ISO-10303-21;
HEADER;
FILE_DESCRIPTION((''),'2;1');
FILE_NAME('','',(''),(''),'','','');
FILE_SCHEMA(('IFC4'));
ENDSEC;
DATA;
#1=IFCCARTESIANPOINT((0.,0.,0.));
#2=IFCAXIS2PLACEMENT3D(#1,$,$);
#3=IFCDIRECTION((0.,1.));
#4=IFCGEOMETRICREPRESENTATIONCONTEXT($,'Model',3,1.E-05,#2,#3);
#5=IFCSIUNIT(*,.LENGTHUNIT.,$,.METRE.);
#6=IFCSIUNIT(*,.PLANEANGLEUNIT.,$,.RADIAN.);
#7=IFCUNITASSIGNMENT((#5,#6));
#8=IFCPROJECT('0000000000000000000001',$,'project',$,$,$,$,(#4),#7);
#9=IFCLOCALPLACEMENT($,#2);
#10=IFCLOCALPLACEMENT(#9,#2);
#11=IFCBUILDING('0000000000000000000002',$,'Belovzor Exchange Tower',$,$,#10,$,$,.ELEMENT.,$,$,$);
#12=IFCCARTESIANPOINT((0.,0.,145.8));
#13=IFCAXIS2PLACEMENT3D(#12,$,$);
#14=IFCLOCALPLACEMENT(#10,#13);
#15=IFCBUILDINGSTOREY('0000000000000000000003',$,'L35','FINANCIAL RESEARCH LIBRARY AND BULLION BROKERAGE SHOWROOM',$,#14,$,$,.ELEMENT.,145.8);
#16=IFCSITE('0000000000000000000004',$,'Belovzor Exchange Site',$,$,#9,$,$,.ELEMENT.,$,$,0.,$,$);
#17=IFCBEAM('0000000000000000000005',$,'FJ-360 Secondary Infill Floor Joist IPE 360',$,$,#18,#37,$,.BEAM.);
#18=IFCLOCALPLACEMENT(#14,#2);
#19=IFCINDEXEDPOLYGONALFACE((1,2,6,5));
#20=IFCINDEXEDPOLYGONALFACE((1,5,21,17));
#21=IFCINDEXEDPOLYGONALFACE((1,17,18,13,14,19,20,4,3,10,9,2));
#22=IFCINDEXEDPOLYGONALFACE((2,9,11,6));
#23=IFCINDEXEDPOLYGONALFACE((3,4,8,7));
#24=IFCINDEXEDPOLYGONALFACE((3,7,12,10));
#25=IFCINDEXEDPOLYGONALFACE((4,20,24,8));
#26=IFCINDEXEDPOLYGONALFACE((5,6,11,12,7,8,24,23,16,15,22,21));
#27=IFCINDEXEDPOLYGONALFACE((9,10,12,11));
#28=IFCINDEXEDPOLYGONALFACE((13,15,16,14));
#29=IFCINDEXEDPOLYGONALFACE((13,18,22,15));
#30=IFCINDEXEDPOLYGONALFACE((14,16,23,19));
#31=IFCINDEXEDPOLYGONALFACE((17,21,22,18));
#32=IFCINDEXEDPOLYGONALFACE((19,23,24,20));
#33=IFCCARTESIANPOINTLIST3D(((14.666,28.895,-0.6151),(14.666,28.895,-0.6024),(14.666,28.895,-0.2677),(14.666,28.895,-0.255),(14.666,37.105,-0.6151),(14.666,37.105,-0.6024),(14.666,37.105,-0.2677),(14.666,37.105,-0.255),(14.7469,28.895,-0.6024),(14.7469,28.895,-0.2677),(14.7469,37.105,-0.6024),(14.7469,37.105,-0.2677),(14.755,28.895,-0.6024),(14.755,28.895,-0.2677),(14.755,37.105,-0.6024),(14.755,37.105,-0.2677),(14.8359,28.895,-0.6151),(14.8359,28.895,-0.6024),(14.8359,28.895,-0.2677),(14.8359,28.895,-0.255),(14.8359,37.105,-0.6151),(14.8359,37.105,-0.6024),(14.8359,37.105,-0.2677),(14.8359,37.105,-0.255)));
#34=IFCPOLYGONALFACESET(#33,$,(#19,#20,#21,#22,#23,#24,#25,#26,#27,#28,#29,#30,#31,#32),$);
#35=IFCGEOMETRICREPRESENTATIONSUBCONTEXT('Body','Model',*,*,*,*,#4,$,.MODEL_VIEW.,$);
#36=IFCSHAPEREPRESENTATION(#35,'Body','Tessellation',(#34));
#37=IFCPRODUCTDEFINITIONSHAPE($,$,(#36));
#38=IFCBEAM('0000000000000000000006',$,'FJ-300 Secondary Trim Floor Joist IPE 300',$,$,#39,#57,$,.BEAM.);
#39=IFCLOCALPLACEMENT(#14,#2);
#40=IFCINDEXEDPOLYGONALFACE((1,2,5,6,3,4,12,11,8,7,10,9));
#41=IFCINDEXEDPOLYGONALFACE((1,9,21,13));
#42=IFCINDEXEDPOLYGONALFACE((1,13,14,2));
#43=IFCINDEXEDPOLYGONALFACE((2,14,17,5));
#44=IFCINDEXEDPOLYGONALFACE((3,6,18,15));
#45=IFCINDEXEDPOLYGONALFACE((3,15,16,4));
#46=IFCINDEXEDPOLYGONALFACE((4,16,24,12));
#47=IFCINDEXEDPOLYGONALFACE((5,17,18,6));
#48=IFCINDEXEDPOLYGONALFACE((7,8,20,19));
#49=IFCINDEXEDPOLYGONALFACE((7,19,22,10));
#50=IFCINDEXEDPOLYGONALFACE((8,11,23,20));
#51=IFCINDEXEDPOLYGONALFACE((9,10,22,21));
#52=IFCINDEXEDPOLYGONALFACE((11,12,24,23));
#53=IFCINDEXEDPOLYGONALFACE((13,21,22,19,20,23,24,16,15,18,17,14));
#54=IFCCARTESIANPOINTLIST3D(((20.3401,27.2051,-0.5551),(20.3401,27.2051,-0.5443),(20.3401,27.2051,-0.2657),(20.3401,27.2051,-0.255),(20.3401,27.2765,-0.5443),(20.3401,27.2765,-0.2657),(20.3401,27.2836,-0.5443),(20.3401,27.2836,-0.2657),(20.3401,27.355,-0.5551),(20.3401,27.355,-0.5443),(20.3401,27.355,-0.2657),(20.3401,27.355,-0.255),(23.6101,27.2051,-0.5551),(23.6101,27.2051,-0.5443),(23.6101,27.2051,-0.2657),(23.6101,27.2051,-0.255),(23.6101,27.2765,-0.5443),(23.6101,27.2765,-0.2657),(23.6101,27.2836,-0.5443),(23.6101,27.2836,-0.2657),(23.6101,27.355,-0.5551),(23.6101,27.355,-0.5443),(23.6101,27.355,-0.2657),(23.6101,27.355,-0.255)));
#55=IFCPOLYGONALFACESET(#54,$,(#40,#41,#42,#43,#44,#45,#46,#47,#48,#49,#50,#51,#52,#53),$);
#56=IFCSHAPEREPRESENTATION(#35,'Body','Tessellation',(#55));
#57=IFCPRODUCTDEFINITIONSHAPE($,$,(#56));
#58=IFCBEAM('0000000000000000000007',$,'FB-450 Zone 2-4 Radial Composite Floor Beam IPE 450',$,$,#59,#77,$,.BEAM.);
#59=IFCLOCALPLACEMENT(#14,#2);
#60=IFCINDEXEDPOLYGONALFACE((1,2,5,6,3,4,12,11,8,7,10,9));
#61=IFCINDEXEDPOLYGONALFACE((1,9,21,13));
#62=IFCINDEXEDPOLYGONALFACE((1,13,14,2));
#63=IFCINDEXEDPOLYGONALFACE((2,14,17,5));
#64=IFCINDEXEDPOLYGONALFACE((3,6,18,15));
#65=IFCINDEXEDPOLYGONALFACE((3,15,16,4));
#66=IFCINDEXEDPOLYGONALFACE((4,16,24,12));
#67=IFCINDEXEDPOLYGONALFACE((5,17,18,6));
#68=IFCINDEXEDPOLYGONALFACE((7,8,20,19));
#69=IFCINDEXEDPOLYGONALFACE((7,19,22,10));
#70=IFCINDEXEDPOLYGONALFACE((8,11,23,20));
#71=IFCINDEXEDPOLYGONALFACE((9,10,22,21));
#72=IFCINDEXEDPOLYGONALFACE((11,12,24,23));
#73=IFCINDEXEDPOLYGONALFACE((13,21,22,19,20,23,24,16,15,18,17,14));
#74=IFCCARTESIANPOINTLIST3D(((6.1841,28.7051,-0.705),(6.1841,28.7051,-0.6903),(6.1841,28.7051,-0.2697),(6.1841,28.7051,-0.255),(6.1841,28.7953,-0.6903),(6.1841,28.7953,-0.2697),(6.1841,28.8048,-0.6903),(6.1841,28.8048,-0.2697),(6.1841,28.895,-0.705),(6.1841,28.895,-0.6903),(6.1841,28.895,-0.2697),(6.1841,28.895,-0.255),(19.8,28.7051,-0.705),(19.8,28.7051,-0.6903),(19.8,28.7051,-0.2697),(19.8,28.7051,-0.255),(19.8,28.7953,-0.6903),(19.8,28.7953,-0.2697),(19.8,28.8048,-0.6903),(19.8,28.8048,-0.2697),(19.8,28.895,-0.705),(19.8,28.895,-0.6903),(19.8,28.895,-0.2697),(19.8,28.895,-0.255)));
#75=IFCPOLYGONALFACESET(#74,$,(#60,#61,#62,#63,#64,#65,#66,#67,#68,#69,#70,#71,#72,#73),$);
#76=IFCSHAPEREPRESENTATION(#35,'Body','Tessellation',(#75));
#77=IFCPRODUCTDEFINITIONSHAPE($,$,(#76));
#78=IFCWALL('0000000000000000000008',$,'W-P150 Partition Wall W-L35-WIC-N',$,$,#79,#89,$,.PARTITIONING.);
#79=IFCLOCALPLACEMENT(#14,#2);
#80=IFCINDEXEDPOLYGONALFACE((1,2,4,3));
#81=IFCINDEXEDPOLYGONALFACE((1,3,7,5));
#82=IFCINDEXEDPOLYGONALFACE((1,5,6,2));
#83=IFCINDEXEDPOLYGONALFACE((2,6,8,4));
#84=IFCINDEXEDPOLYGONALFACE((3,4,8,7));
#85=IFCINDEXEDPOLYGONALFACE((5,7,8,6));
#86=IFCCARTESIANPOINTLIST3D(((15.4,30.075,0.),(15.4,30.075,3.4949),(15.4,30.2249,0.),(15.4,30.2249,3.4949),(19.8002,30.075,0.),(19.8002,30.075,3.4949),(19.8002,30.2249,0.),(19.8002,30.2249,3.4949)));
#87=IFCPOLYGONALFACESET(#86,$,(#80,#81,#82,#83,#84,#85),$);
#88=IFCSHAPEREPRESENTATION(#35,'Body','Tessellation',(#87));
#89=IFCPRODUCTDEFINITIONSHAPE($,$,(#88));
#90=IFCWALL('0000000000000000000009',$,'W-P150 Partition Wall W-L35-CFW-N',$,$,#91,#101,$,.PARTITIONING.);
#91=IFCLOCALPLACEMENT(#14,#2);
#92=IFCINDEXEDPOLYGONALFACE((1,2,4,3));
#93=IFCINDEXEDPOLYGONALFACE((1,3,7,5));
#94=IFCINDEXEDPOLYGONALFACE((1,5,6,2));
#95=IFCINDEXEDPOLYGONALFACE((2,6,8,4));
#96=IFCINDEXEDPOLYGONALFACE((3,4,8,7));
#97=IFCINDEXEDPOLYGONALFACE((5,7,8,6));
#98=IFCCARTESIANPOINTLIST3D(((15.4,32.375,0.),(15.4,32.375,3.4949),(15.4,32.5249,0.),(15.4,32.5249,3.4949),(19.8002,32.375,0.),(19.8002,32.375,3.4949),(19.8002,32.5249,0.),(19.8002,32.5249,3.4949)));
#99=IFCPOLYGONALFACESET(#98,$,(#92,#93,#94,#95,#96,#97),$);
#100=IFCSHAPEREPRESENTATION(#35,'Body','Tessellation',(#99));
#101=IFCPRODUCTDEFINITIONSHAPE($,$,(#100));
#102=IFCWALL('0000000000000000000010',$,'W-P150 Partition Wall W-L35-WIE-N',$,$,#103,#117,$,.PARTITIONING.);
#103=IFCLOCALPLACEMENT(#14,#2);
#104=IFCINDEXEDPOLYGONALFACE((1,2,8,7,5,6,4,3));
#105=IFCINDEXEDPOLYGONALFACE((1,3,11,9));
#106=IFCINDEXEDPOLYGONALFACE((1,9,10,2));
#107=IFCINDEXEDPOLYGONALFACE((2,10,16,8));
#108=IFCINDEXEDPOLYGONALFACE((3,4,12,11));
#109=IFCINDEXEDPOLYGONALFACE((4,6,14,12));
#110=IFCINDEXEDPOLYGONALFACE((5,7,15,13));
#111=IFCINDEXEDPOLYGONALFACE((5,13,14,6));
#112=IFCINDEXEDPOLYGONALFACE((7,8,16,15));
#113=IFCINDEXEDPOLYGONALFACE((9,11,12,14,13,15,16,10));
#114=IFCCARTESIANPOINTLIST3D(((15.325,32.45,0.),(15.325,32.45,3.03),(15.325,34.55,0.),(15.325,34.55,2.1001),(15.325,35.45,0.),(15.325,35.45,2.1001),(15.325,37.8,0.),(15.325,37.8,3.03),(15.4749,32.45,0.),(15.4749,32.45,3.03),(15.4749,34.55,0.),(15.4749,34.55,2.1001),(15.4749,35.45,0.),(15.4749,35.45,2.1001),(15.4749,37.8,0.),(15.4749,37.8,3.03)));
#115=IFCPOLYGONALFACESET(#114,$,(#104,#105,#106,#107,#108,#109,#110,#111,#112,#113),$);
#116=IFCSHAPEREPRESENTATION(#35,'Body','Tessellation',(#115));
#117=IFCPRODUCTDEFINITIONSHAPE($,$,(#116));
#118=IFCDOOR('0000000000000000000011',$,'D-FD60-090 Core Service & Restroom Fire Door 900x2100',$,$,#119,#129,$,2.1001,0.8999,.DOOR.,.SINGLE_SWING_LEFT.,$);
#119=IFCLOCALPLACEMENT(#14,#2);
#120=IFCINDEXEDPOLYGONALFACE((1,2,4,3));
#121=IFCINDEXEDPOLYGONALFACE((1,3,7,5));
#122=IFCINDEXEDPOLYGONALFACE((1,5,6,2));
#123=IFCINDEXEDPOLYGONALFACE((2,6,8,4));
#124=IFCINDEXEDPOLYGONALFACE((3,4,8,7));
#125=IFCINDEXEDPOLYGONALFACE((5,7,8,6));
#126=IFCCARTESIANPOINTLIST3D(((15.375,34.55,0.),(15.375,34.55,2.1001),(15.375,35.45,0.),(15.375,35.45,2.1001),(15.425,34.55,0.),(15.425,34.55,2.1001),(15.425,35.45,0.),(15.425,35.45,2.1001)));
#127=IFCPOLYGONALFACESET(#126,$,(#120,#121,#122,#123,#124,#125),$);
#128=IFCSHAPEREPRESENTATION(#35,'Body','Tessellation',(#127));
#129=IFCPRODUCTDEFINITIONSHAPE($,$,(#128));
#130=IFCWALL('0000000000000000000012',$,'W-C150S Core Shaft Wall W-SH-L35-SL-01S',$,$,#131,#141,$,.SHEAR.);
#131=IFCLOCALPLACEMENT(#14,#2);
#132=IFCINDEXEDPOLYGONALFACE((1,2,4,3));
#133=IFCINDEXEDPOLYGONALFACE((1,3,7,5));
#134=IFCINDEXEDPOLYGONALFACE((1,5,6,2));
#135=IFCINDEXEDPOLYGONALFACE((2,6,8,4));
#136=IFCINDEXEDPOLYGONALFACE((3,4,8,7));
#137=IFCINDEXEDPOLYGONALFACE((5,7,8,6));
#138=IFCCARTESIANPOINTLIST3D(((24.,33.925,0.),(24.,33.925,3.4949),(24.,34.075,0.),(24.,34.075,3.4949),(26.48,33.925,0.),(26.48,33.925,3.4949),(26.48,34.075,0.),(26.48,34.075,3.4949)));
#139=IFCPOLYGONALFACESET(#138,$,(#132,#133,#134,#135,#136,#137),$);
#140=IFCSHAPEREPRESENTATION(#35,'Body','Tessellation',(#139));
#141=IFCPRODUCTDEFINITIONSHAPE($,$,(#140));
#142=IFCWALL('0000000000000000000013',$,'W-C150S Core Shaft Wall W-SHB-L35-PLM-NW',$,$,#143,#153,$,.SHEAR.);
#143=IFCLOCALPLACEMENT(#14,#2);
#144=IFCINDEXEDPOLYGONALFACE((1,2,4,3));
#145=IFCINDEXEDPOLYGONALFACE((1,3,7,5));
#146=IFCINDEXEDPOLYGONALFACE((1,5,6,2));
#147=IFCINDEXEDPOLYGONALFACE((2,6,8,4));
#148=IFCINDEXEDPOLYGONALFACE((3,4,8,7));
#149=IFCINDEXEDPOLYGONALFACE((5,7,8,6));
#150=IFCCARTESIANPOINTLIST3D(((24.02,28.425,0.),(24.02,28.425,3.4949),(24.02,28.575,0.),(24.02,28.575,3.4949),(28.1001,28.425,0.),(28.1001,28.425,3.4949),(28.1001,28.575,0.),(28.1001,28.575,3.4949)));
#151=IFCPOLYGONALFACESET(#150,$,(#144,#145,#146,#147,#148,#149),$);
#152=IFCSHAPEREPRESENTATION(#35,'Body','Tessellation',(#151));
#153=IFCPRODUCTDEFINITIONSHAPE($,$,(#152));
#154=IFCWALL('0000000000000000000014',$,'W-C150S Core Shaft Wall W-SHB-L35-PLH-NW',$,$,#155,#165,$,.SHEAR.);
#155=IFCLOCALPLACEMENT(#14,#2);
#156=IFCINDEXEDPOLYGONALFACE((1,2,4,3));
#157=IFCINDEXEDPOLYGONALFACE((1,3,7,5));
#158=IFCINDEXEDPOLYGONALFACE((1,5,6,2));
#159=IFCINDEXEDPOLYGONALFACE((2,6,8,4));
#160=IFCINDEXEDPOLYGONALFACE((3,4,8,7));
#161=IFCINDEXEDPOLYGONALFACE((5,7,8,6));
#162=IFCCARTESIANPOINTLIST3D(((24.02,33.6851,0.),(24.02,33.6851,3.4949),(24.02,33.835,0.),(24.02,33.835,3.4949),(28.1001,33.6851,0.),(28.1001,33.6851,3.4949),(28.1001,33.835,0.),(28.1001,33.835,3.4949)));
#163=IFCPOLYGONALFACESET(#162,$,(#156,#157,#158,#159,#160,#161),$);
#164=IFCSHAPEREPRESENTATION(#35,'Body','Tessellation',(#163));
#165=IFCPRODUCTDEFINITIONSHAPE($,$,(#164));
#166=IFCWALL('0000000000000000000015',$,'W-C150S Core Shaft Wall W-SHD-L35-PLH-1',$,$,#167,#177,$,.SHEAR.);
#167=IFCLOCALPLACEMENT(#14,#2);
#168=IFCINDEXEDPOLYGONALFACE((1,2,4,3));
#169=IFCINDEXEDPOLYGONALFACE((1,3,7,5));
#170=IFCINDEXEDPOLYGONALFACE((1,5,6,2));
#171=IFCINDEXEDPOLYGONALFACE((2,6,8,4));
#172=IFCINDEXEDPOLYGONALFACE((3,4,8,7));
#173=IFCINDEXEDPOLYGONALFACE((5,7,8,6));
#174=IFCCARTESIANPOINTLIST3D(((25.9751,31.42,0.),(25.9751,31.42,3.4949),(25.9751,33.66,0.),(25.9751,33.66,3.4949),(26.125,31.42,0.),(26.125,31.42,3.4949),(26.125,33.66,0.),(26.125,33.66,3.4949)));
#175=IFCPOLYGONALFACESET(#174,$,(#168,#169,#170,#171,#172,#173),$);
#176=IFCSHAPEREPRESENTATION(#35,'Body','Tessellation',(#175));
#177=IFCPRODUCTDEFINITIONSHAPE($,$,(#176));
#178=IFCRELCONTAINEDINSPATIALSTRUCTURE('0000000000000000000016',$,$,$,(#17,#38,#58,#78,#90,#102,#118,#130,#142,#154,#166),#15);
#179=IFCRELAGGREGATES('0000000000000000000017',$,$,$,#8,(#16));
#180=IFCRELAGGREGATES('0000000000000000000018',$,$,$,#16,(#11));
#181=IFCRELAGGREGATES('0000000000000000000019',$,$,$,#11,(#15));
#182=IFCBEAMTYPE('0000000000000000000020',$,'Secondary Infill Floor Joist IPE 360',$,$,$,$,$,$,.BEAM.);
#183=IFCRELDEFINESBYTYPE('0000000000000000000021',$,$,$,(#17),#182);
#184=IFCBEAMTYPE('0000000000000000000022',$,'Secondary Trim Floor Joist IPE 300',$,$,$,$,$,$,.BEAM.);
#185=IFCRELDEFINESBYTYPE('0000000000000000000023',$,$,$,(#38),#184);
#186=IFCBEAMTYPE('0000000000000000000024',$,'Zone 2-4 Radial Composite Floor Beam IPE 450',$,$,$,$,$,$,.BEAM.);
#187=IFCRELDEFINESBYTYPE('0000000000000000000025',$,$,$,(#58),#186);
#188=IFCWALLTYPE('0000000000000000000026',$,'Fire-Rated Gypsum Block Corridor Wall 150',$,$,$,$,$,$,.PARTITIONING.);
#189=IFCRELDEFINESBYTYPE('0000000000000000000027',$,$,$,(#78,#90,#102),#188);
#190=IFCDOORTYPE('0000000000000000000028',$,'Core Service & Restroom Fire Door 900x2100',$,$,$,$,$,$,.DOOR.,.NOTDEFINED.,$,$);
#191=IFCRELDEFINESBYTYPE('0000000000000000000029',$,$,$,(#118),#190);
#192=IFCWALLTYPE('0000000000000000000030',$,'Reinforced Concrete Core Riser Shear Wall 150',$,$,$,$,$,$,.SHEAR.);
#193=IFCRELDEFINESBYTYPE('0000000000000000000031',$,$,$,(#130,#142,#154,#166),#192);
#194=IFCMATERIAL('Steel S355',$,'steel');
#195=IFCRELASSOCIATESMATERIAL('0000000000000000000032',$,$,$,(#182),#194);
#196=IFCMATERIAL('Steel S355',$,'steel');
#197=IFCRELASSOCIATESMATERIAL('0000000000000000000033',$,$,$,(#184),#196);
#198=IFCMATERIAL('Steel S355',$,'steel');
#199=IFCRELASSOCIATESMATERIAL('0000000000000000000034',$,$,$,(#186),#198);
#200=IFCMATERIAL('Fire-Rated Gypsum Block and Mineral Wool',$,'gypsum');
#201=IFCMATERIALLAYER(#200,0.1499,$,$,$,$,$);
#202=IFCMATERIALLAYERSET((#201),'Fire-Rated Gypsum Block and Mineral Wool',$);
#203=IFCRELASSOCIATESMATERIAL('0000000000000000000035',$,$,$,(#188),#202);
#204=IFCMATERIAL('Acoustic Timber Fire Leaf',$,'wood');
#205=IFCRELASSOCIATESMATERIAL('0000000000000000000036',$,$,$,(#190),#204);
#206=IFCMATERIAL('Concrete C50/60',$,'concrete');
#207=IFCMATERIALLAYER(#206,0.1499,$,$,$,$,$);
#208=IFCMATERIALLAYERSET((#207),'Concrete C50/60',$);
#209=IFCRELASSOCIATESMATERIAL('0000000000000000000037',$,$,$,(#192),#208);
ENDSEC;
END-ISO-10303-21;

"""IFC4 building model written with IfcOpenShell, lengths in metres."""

from ifc_helpers import new_model, si_unit, direction, frame, frame_2d, origin, origin_2d, place, context, subcontext, project, spatial, rectangle, i_section, extrude, material, layer, layer_set, material_profile, profile_set, type_object, element, fill, save


model = new_model("IFC4")

# Units and contexts
model_context = context("Model", 3, precision=1e-05, world=origin(), true_north=direction((0.0, 1.0)))
body_context = subcontext(model_context, "Body", "Model", "MODEL_VIEW")
ifc_project = project(units=[si_unit("LENGTHUNIT", "METRE"), si_unit("PLANEANGLEUNIT", "RADIAN")], contexts=[model_context])

# Site, building, storey
site_placement = place(None, origin())
site = spatial("IfcSite", under=ifc_project, at=site_placement, Name="Belovzor Exchange Site", CompositionType="ELEMENT", RefElevation=0.0)
building_placement = place(site_placement, origin())
building = spatial("IfcBuilding", under=site, at=building_placement, Name="Belovzor Exchange Tower", CompositionType="ELEMENT")
storey_placement = place(building_placement, frame((0.0, 0.0, 145.8)))
storey = spatial("IfcBuildingStorey", under=building, at=storey_placement, Name="L35", Description="FINANCIAL RESEARCH LIBRARY AND BULLION BROKERAGE SHOWROOM", CompositionType="ELEMENT", Elevation=145.8)

# Beams
ifc_material_1 = material(Name="Steel S355", Category="steel")
ifc_material_profile_1 = material_profile(ifc_material_1, i_section(OverallWidth=0.1699, OverallDepth=0.3601, WebThickness=0.0081, FlangeThickness=0.0127, at=origin_2d()))
ifc_profile_set_1 = profile_set([ifc_material_profile_1], Name="Steel S355")
beam_type_1 = type_object("IfcBeamType", Name="Secondary Infill Floor Joist IPE 360", PredefinedType="BEAM", material=ifc_profile_set_1)
beam_1_placement = place(storey_placement, frame((14.751, 28.895, -0.4351), z_axis=(0.0, 1.0, 0.0), x_axis=(-1.0, 0.0, 0.0)))
element("IfcBeam", 1, at=beam_1_placement, inside=storey, type_object=beam_type_1, Name="FJ-360 Secondary Infill Floor Joist IPE 360", PredefinedType="BEAM", context=body_context, shape_type="SweptSolid", body=[
    extrude(i_section(OverallWidth=0.1699, OverallDepth=0.3601, WebThickness=0.0081, FlangeThickness=0.0127, at=origin_2d()), origin(), (0.0, 0.0, 1.0), 8.21),
])
ifc_material_2 = material(Name="Steel S355", Category="steel")
ifc_material_profile_2 = material_profile(ifc_material_2, i_section(OverallWidth=0.1499, OverallDepth=0.3, WebThickness=0.0071, FlangeThickness=0.0107, at=origin_2d()))
ifc_profile_set_2 = profile_set([ifc_material_profile_2], Name="Steel S355")
beam_type_2 = type_object("IfcBeamType", Name="Secondary Trim Floor Joist IPE 300", PredefinedType="BEAM", material=ifc_profile_set_2)
beam_2_placement = place(storey_placement, frame((20.3401, 27.28, -0.405), z_axis=(1.0, 0.0, 0.0), x_axis=(0.0, 1.0, 0.0)))
element("IfcBeam", 2, at=beam_2_placement, inside=storey, type_object=beam_type_2, Name="FJ-300 Secondary Trim Floor Joist IPE 300", PredefinedType="BEAM", context=body_context, shape_type="SweptSolid", body=[
    extrude(i_section(OverallWidth=0.1499, OverallDepth=0.3, WebThickness=0.0071, FlangeThickness=0.0107, at=origin_2d()), origin(), (0.0, 0.0, 1.0), 3.27),
])
ifc_material_3 = material(Name="Steel S355", Category="steel")
ifc_material_profile_3 = material_profile(ifc_material_3, i_section(OverallWidth=0.1899, OverallDepth=0.45, WebThickness=0.0095, FlangeThickness=0.0146, at=origin_2d()))
ifc_profile_set_3 = profile_set([ifc_material_profile_3], Name="Steel S355")
beam_type_3 = type_object("IfcBeamType", Name="Zone 2-4 Radial Composite Floor Beam IPE 450", PredefinedType="BEAM", material=ifc_profile_set_3)
beam_3_placement = place(storey_placement, frame((19.8, 28.8, -0.48), z_axis=(-1.0, 0.0, 0.0), x_axis=(0.0, -1.0, 0.0)))
element("IfcBeam", 3, at=beam_3_placement, inside=storey, type_object=beam_type_3, Name="FB-450 Zone 2-4 Radial Composite Floor Beam IPE 450", PredefinedType="BEAM", context=body_context, shape_type="SweptSolid", body=[
    extrude(i_section(OverallWidth=0.1899, OverallDepth=0.45, WebThickness=0.0095, FlangeThickness=0.0146, at=origin_2d()), origin(), (0.0, 0.0, 1.0), 13.616),
])

# Walls
ifc_material_4 = material(Name="Fire-Rated Gypsum Block and Mineral Wool", Category="gypsum")
ifc_layer_1 = layer(ifc_material_4, 0.1499)
ifc_layer_set_1 = layer_set([ifc_layer_1], Name="Fire-Rated Gypsum Block and Mineral Wool")
wall_type_1 = type_object("IfcWallType", Name="Fire-Rated Gypsum Block Corridor Wall 150", PredefinedType="PARTITIONING", material=ifc_layer_set_1)
for number, where, z_axis, x_axis, name in (
    (4, (15.3999, 30.1499, 0.0), (0.0, 0.0, 1.0), (1.0, 0.0, 0.0), "W-P150 Partition Wall W-L35-WIC-N"),
    (5, (15.3999, 32.45, 0.0), (0.0, 0.0, 1.0), (1.0, 0.0, 0.0), "W-P150 Partition Wall W-L35-CFW-N"),
):
    element("IfcWall", number, at=place(storey_placement, frame(where, z_axis=z_axis, x_axis=x_axis)), inside=storey, type_object=wall_type_1, Name=name, PredefinedType="PARTITIONING", context=body_context, shape_type="SweptSolid", body=[
        extrude(rectangle(XDim=4.4001, YDim=0.1499, at=frame_2d((2.2002, 0.0))), origin(), (0.0, 0.0, 1.0), 3.4949),
    ])

# Wall, opening, door
wall_1_placement = place(storey_placement, frame((15.3999, 32.45, 0.0), z_axis=(0.0, 0.0, 1.0), x_axis=(0.0, 1.0, 0.0)))
wall_1 = element("IfcWall", 6, at=wall_1_placement, inside=storey, type_object=wall_type_1, Name="W-P150 Partition Wall W-L35-WIE-N", PredefinedType="PARTITIONING", context=body_context, shape_type="SweptSolid", body=[
    extrude(rectangle(XDim=5.3501, YDim=0.1499, at=frame_2d((2.675, 0.0))), origin(), (0.0, 0.0, 1.0), 3.03),
])
opening_1_placement = place(wall_1_placement, frame((2.1001, 0.0, 0.0)))
opening_1 = element("IfcOpeningElement", 7, at=opening_1_placement, cuts=wall_1, PredefinedType="OPENING", context=body_context, shape_type="SweptSolid", body=[
    extrude(rectangle(XDim=0.8999, YDim=2.1001, at=frame_2d((0.45, 1.05))), frame((0.0, 0.085, 0.0), z_axis=(0.0, -1.0, 0.0), x_axis=(1.0, 0.0, 0.0)), (0.0, 0.0, 1.0), 0.1699),
])
ifc_material_5 = material(Name="Acoustic Timber Fire Leaf", Category="wood")
door_type_1 = type_object("IfcDoorType", Name="Core Service & Restroom Fire Door 900x2100", OperationType="NOTDEFINED", PredefinedType="DOOR", material=ifc_material_5)
door_1_placement = place(opening_1_placement, origin())
door_1 = element("IfcDoor", 8, at=door_1_placement, inside=storey, type_object=door_type_1, Name="D-FD60-090 Core Service & Restroom Fire Door 900x2100", OperationType="SINGLE_SWING_LEFT", OverallHeight=2.1001, OverallWidth=0.8999, PredefinedType="DOOR", context=body_context, shape_type="SweptSolid", body=[
    extrude(rectangle(XDim=0.8999, YDim=2.1001, at=frame_2d((0.45, 1.05))), frame((0.0, 0.0249, 0.0), z_axis=(0.0, -1.0, 0.0), x_axis=(1.0, 0.0, 0.0)), (0.0, 0.0, 1.0), 0.05),
])
fill(opening_1, door_1)

# Walls
ifc_material_6 = material(Name="Concrete C50/60", Category="concrete")
ifc_layer_2 = layer(ifc_material_6, 0.1499)
ifc_layer_set_2 = layer_set([ifc_layer_2], Name="Concrete C50/60")
wall_type_2 = type_object("IfcWallType", Name="Reinforced Concrete Core Riser Shear Wall 150", PredefinedType="SHEAR", material=ifc_layer_set_2)
wall_2_placement = place(storey_placement, frame((24.0, 34.0, 0.0), z_axis=(0.0, 0.0, 1.0), x_axis=(1.0, 0.0, 0.0)))
element("IfcWall", 9, at=wall_2_placement, inside=storey, type_object=wall_type_2, Name="W-C150S Core Shaft Wall W-SH-L35-SL-01S", PredefinedType="SHEAR", context=body_context, shape_type="SweptSolid", body=[
    extrude(rectangle(XDim=2.48, YDim=0.1499, at=frame_2d((1.24, 0.0))), origin(), (0.0, 0.0, 1.0), 3.4949),
])
for number, where, z_axis, x_axis, name in (
    (10, (24.02, 28.5, 0.0), (0.0, 0.0, 1.0), (1.0, 0.0, 0.0), "W-C150S Core Shaft Wall W-SHB-L35-PLM-NW"),
    (11, (24.02, 33.76, 0.0), (0.0, 0.0, 1.0), (1.0, 0.0, 0.0), "W-C150S Core Shaft Wall W-SHB-L35-PLH-NW"),
):
    element("IfcWall", number, at=place(storey_placement, frame(where, z_axis=z_axis, x_axis=x_axis)), inside=storey, type_object=wall_type_2, Name=name, PredefinedType="SHEAR", context=body_context, shape_type="SweptSolid", body=[
        extrude(rectangle(XDim=4.0801, YDim=0.1499, at=frame_2d((2.04, 0.0))), origin(), (0.0, 0.0, 1.0), 3.4949),
    ])
wall_3_placement = place(storey_placement, frame((26.05, 31.4199, 0.0), z_axis=(0.0, 0.0, 1.0), x_axis=(0.0, 1.0, 0.0)))
element("IfcWall", 12, at=wall_3_placement, inside=storey, type_object=wall_type_2, Name="W-C150S Core Shaft Wall W-SHD-L35-PLH-1", PredefinedType="SHEAR", context=body_context, shape_type="SweptSolid", body=[
    extrude(rectangle(XDim=2.24, YDim=0.1499, at=frame_2d((1.1201, 0.0))), origin(), (0.0, 0.0, 1.0), 3.4949),
])

save(model, "model.ifc")
